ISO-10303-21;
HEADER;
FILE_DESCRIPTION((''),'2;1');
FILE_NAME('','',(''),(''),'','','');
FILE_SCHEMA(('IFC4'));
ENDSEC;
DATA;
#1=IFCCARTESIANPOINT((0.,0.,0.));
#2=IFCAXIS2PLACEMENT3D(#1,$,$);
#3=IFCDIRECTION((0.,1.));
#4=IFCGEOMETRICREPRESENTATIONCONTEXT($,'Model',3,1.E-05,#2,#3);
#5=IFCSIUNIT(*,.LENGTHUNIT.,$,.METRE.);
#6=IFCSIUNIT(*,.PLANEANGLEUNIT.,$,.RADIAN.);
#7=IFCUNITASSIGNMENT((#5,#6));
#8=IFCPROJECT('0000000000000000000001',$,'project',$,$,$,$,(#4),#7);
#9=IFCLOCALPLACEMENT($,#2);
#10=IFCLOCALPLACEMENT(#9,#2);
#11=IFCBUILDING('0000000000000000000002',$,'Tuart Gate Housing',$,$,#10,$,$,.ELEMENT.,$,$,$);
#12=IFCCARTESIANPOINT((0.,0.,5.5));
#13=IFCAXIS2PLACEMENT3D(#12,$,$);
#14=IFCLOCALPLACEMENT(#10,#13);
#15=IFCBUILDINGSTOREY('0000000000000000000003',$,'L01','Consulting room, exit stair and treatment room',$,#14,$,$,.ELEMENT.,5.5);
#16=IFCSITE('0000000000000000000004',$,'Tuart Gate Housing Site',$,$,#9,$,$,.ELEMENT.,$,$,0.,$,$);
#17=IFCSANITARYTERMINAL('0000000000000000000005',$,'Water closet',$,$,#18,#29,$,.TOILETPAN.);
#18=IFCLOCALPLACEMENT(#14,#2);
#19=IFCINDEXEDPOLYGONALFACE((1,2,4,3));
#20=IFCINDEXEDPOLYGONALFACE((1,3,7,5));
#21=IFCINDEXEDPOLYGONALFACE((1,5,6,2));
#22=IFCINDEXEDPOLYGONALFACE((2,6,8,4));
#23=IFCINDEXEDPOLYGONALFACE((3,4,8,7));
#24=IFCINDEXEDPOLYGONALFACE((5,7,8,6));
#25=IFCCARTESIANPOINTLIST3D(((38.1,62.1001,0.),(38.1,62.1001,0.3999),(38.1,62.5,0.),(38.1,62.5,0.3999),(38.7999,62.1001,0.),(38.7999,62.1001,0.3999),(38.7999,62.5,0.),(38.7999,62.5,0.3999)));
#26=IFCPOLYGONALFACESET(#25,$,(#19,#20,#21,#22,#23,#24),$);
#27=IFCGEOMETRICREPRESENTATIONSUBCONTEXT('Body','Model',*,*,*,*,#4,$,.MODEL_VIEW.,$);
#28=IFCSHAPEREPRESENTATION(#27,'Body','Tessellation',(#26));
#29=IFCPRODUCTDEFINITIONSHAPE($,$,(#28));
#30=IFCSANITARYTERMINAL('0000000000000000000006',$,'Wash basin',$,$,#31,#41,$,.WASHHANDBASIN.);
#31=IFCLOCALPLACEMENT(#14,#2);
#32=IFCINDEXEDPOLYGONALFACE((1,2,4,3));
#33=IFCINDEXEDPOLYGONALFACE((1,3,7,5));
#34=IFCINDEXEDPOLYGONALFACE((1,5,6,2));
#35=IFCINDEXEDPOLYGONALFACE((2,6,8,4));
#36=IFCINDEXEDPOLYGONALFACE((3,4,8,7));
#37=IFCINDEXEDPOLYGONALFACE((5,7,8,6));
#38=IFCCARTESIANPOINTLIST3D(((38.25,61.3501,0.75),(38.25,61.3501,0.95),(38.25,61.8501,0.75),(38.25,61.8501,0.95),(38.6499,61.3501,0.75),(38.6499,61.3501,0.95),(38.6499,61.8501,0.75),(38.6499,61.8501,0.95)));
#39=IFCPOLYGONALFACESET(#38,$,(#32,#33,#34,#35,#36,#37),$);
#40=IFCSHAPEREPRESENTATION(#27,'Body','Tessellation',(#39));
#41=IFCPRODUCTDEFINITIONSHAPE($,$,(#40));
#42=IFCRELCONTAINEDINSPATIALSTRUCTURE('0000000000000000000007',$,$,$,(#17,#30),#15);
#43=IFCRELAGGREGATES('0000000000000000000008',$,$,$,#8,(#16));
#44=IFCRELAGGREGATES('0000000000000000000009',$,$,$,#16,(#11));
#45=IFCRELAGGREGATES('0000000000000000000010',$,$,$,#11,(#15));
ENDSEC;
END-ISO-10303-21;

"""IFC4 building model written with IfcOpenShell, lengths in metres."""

from ifc_helpers import new_model, si_unit, direction, frame, origin, origin_2d, place, context, subcontext, project, spatial, rectangle, extrude, element, save


model = new_model("IFC4")

# Units and contexts
model_context = context("Model", 3, precision=1e-05, world=origin(), true_north=direction((0.0, 1.0)))
body_context = subcontext(model_context, "Body", "Model", "MODEL_VIEW")
ifc_project = project(units=[si_unit("LENGTHUNIT", "METRE"), si_unit("PLANEANGLEUNIT", "RADIAN")], contexts=[model_context])

# Site, building, storey
site_placement = place(None, origin())
site = spatial("IfcSite", under=ifc_project, at=site_placement, Name="Tuart Gate Housing Site", CompositionType="ELEMENT", RefElevation=0.0)
building_placement = place(site_placement, origin())
building = spatial("IfcBuilding", under=site, at=building_placement, Name="Tuart Gate Housing", CompositionType="ELEMENT")
storey_placement = place(building_placement, frame((0.0, 0.0, 5.5)))
storey = spatial("IfcBuildingStorey", under=building, at=storey_placement, Name="L01", Description="Consulting room, exit stair and treatment room", CompositionType="ELEMENT", Elevation=5.5)

# Sanitary terminals
sanitary_terminal_1_placement = place(storey_placement, frame((38.45, 62.3, 0.0), z_axis=(0.0, 0.0, 1.0), x_axis=(1.0, 0.0, 0.0)))
element("IfcSanitaryTerminal", 1, at=sanitary_terminal_1_placement, inside=storey, Name="Water closet", PredefinedType="TOILETPAN", context=body_context, shape_type="SweptSolid", body=[
    extrude(rectangle(XDim=0.7, YDim=0.3999, at=origin_2d()), origin(), (0.0, 0.0, 1.0), 0.3999),
])
sanitary_terminal_2_placement = place(storey_placement, frame((38.45, 61.6001, 0.75), z_axis=(0.0, 0.0, 1.0), x_axis=(1.0, 0.0, 0.0)))
element("IfcSanitaryTerminal", 2, at=sanitary_terminal_2_placement, inside=storey, Name="Wash basin", PredefinedType="WASHHANDBASIN", context=body_context, shape_type="SweptSolid", body=[
    extrude(rectangle(XDim=0.3999, YDim=0.5, at=origin_2d()), origin(), (0.0, 0.0, 1.0), 0.2),
])

save(model, "model.ifc")
